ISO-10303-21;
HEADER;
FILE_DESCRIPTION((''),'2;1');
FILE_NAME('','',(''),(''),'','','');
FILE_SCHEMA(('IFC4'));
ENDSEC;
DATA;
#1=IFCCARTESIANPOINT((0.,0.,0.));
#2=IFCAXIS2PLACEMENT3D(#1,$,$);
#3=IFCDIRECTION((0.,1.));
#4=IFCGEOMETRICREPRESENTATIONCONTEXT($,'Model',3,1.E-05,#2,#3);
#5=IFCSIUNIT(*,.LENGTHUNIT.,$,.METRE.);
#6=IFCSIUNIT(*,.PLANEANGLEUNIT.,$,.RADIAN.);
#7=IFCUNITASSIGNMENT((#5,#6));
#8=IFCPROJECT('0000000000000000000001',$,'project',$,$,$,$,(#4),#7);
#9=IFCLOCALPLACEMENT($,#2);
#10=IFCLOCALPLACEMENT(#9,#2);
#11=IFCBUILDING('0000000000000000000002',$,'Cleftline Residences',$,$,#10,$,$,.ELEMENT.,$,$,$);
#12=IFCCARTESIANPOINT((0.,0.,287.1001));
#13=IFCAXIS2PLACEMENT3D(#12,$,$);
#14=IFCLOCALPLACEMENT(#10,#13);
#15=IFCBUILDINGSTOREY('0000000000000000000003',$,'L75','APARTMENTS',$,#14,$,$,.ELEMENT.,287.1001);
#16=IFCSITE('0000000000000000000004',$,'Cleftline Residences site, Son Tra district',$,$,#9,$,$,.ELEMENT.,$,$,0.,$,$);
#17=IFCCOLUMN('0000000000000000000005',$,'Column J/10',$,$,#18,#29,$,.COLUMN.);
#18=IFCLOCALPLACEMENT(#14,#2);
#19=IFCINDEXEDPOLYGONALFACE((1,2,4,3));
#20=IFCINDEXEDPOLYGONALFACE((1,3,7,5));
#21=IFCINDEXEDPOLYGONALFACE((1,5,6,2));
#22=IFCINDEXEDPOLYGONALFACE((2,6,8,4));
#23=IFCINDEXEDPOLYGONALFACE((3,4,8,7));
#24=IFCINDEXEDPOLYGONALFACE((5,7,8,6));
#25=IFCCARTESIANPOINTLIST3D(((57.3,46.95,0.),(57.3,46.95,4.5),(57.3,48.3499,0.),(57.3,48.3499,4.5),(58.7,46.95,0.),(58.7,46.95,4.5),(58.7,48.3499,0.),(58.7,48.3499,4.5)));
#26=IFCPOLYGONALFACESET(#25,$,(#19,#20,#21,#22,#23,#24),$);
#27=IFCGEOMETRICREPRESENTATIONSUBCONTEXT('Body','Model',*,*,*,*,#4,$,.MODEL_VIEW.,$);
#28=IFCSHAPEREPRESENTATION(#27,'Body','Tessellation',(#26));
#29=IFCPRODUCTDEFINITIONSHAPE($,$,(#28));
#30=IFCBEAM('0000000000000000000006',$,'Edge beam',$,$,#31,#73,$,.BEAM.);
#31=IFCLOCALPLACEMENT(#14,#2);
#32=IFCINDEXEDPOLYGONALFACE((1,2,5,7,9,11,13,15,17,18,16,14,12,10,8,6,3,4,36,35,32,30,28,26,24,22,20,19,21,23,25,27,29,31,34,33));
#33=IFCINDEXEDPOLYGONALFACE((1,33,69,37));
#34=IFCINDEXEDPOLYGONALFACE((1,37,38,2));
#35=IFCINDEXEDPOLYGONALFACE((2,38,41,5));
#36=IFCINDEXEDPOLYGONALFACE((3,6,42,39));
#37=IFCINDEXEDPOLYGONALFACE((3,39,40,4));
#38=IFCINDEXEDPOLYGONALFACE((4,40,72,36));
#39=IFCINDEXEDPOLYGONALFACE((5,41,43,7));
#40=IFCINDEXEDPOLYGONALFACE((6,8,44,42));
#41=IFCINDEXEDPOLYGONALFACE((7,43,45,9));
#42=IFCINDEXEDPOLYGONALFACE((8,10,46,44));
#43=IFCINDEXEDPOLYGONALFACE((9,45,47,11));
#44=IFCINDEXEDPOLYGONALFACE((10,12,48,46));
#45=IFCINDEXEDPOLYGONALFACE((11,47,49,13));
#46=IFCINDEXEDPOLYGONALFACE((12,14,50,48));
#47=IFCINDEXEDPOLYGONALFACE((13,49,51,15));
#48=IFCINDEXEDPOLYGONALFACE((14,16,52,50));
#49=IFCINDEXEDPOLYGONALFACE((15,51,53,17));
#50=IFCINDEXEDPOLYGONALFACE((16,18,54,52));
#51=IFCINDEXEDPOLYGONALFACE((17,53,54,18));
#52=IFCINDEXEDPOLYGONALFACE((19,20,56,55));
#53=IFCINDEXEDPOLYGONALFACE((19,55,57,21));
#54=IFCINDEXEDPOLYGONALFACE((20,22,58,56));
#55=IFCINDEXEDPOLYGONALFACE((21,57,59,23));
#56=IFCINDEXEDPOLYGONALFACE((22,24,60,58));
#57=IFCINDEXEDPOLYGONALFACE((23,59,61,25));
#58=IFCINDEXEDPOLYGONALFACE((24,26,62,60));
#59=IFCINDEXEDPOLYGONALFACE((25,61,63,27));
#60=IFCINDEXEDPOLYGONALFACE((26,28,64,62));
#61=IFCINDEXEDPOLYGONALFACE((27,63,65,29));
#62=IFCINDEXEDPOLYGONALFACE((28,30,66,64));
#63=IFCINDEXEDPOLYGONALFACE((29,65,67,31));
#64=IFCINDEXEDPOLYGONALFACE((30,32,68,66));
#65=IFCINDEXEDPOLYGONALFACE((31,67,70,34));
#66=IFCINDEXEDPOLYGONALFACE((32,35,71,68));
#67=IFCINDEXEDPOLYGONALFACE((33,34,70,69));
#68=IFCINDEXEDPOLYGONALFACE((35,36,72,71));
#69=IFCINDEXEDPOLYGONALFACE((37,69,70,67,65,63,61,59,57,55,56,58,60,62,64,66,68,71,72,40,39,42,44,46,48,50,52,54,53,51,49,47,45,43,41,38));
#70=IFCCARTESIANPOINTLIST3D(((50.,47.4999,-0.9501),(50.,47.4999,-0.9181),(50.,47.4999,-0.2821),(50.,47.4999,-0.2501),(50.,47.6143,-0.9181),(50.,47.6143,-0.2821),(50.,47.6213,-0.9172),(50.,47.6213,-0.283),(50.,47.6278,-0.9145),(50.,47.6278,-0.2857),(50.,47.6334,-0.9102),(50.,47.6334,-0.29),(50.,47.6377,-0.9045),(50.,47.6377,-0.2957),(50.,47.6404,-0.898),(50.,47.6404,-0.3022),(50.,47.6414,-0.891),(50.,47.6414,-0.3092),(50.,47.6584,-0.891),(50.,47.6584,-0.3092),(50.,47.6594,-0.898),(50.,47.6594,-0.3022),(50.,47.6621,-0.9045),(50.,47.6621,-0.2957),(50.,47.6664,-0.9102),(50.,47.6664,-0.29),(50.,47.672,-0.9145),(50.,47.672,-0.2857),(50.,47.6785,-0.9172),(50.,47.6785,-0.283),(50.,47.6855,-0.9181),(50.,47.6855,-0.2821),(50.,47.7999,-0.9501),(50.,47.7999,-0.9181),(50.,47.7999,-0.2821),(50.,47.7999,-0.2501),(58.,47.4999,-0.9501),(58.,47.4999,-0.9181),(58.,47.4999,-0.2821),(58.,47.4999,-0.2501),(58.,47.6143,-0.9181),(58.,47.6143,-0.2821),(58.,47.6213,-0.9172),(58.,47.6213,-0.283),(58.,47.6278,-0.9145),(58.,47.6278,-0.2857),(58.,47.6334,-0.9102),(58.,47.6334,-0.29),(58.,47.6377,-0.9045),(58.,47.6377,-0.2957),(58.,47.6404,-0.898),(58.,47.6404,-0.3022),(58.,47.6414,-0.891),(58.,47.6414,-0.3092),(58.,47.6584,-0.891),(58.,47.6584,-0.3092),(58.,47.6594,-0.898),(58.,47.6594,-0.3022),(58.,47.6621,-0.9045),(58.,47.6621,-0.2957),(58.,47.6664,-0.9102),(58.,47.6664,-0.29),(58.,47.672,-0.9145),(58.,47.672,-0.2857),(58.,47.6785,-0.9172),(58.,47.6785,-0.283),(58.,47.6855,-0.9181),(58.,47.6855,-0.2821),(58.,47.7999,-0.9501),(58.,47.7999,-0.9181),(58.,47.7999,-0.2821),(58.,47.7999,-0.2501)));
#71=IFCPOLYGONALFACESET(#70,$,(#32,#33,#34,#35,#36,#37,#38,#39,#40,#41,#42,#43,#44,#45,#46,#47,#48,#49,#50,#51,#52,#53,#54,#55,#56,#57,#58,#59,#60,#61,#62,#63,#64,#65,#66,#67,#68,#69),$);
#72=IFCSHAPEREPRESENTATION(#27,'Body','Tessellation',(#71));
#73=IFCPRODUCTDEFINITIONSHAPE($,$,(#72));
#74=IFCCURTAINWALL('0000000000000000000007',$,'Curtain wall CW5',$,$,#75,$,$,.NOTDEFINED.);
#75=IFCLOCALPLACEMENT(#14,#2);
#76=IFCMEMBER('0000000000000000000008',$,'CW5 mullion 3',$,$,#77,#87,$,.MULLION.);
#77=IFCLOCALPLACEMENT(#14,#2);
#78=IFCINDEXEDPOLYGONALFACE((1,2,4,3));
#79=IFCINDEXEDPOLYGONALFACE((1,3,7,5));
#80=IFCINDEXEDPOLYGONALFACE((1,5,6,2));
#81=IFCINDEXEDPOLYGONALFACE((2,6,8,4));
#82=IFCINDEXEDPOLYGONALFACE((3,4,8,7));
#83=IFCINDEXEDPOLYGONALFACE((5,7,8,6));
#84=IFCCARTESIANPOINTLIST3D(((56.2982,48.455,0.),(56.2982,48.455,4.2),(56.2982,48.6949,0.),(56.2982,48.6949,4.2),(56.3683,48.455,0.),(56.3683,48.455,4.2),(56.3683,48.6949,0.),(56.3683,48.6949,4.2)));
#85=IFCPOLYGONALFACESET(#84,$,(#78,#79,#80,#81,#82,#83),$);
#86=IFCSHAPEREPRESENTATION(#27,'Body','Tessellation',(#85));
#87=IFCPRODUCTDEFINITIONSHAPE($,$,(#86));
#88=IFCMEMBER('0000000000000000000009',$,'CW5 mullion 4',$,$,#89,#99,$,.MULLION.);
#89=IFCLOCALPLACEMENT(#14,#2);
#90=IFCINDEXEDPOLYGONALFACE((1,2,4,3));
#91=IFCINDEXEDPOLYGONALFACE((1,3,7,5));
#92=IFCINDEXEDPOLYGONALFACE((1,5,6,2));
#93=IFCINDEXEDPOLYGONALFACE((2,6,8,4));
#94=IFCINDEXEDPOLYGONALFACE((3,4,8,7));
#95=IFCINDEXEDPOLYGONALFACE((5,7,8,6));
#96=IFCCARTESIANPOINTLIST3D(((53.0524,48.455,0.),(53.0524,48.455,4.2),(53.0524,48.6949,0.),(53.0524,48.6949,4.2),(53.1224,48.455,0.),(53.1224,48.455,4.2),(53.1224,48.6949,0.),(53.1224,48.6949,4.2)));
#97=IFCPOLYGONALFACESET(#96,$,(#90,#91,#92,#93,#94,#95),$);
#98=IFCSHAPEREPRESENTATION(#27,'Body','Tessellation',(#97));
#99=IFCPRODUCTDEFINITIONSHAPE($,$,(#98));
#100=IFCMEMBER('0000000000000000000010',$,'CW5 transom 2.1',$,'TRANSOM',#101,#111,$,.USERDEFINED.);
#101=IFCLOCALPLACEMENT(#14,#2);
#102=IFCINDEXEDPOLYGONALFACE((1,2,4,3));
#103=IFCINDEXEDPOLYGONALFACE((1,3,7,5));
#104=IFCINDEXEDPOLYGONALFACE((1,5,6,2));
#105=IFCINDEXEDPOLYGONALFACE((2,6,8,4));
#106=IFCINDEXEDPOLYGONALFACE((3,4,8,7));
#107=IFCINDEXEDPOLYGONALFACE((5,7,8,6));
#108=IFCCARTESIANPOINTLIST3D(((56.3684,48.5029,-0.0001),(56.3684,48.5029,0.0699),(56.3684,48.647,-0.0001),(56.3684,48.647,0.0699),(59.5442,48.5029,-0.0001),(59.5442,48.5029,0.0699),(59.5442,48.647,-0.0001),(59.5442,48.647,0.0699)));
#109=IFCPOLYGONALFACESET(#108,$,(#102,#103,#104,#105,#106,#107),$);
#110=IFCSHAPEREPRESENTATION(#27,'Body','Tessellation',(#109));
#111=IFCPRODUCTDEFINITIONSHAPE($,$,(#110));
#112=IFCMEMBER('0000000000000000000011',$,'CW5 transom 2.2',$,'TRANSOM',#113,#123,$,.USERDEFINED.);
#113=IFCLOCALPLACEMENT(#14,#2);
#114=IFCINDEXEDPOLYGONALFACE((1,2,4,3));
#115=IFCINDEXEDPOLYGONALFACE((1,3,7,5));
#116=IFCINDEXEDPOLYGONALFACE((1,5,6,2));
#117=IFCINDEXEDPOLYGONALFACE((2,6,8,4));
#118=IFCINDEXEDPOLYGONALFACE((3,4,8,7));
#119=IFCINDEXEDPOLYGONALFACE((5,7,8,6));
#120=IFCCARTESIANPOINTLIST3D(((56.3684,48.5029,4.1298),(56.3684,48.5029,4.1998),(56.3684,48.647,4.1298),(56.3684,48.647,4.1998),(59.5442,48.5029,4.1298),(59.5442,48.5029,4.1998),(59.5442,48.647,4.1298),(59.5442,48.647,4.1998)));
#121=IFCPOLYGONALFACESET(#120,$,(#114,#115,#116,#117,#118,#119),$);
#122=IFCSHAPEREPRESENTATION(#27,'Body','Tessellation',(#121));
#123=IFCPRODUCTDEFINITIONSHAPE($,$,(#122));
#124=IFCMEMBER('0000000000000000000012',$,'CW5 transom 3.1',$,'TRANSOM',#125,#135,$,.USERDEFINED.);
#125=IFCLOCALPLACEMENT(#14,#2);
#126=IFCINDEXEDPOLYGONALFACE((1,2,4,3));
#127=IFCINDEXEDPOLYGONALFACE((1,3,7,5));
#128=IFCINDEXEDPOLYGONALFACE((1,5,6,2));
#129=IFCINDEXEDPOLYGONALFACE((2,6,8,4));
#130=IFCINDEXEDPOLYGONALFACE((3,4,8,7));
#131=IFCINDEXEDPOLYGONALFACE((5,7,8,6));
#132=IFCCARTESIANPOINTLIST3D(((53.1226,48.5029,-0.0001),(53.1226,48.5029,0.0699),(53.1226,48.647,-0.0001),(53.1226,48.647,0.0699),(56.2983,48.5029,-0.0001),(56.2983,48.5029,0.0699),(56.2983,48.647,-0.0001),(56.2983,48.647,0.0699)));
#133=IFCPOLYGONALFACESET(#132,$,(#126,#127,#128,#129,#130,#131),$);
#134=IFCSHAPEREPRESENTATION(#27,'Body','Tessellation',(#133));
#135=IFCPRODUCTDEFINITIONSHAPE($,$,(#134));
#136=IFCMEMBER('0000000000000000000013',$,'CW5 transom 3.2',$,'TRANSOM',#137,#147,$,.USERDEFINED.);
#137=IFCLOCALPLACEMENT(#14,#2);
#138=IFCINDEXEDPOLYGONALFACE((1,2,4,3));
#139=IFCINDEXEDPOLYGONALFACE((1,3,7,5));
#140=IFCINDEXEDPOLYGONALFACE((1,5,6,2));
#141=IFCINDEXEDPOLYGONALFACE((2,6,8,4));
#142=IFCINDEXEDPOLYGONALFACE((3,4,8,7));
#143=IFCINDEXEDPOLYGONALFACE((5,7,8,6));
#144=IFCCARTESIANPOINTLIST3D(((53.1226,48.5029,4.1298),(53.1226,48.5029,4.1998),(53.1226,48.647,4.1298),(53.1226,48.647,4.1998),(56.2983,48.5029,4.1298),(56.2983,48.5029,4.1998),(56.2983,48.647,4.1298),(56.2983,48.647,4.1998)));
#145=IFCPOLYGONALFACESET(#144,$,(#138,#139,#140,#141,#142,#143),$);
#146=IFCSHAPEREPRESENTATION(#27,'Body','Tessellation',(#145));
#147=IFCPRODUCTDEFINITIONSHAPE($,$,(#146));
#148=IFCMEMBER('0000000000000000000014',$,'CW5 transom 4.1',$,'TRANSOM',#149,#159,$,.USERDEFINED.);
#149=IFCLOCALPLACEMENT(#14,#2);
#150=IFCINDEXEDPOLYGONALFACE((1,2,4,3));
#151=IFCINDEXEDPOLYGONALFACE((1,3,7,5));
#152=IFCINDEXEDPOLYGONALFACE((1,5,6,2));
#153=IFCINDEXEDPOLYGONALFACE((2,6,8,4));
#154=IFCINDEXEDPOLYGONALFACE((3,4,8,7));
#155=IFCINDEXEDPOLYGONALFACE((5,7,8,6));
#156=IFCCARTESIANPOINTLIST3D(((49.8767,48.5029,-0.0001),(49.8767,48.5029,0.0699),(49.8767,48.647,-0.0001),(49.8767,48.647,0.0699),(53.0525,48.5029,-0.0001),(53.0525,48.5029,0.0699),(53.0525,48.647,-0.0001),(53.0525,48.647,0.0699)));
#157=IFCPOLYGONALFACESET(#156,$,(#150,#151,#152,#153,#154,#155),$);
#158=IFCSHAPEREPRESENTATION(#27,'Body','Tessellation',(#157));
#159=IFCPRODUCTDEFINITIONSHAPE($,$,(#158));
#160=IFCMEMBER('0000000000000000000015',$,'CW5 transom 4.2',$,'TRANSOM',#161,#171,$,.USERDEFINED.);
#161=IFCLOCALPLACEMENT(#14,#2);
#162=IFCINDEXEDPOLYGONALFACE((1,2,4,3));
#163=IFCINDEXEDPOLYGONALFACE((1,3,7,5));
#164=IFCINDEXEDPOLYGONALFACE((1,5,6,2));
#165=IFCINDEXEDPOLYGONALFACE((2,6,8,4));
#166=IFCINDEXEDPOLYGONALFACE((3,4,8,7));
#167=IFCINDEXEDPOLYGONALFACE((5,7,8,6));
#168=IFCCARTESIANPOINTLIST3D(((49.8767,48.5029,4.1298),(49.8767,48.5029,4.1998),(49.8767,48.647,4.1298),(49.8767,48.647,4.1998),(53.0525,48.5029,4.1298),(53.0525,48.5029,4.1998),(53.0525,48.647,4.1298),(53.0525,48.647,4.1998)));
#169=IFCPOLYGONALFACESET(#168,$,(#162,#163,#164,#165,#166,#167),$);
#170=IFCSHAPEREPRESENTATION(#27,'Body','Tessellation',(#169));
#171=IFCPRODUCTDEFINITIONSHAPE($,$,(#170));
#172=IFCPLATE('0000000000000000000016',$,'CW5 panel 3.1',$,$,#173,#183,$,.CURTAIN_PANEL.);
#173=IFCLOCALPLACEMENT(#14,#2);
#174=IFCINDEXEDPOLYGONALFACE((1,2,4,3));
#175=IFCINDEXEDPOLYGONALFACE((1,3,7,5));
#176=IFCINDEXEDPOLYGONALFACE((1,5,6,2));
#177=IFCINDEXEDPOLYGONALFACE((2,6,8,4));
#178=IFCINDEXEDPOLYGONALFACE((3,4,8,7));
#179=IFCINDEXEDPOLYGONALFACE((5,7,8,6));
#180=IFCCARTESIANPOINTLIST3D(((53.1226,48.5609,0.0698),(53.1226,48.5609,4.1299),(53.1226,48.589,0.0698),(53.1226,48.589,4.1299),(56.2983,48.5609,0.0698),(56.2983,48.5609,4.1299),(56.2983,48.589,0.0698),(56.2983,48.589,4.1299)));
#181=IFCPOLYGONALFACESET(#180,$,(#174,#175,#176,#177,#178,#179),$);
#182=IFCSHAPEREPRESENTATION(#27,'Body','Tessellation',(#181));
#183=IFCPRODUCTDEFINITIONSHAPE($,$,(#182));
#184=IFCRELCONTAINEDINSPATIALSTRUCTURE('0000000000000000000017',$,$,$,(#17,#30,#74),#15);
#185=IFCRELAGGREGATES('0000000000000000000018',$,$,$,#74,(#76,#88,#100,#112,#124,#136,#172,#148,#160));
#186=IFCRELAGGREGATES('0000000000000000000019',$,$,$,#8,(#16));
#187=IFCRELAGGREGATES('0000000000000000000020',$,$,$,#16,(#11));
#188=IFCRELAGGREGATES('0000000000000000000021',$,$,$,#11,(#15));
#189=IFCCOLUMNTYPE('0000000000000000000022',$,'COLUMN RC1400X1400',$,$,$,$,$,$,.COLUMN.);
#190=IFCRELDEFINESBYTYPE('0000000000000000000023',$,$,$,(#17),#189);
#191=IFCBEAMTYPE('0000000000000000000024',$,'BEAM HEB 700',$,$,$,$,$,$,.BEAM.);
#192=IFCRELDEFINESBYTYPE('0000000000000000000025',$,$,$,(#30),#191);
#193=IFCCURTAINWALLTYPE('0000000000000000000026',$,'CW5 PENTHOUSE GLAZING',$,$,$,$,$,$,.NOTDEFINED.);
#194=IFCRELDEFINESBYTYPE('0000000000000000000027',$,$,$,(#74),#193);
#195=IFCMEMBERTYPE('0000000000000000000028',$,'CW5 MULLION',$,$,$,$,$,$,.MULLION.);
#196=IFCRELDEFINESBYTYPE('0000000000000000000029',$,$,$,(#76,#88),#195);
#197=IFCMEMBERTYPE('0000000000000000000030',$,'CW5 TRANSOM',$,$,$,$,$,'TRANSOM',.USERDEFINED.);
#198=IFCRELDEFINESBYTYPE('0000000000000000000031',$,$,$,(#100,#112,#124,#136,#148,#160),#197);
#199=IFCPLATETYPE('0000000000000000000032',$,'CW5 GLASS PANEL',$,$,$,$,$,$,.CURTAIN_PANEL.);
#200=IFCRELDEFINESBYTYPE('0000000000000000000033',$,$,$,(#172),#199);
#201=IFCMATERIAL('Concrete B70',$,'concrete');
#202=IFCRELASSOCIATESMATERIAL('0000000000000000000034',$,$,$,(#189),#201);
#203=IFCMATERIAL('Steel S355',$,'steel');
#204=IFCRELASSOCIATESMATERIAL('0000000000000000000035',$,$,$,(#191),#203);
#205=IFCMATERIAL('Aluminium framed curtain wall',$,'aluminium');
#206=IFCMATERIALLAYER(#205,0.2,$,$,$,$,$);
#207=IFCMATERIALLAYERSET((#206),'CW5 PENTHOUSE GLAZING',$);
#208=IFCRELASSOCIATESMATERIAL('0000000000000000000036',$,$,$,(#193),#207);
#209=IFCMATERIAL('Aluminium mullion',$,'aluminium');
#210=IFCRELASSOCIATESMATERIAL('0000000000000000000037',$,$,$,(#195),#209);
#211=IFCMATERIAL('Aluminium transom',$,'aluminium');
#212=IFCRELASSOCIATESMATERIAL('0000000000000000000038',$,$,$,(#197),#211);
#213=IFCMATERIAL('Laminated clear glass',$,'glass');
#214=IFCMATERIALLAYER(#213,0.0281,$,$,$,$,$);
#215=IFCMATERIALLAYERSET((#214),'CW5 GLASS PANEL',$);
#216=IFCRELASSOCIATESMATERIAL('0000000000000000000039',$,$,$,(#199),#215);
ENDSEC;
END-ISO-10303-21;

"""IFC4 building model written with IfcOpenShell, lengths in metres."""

from ifc_helpers import new_model, si_unit, direction, frame, origin, origin_2d, place, context, subcontext, project, spatial, rectangle, i_section, extrude, material, layer, layer_set, material_profile, profile_set, type_object, element, aggregate, save


model = new_model("IFC4")

# Units and contexts
model_context = context("Model", 3, precision=1e-05, world=origin(), true_north=direction((0.0, 1.0)))
body_context = subcontext(model_context, "Body", "Model", "MODEL_VIEW")
ifc_project = project(units=[si_unit("LENGTHUNIT", "METRE"), si_unit("PLANEANGLEUNIT", "RADIAN")], contexts=[model_context])

# Site, building, storey
site_placement = place(None, origin())
site = spatial("IfcSite", under=ifc_project, at=site_placement, Name="Cleftline Residences site, Son Tra district", CompositionType="ELEMENT", RefElevation=0.0)
building_placement = place(site_placement, origin())
building = spatial("IfcBuilding", under=site, at=building_placement, Name="Cleftline Residences", CompositionType="ELEMENT")
storey_placement = place(building_placement, frame((0.0, 0.0, 287.1001)))
storey = spatial("IfcBuildingStorey", under=building, at=storey_placement, Name="L75", Description="APARTMENTS", CompositionType="ELEMENT", Elevation=287.1001)

# Column
ifc_material_1 = material(Name="Concrete B70", Category="concrete")
ifc_material_profile_1 = material_profile(ifc_material_1, rectangle(XDim=1.3999, YDim=1.3999, at=origin_2d()))
ifc_profile_set_1 = profile_set([ifc_material_profile_1], Name="Concrete B70")
column_type = type_object("IfcColumnType", Name="COLUMN RC1400X1400", PredefinedType="COLUMN", material=ifc_profile_set_1)
column_placement = place(storey_placement, frame((58.0, 47.6499, 0.0), z_axis=(0.0, 0.0, 1.0), x_axis=(1.0, 0.0, 0.0)))
element("IfcColumn", 1, at=column_placement, inside=storey, type_object=column_type, Name="Column J/10", PredefinedType="COLUMN", context=body_context, shape_type="SweptSolid", body=[
    extrude(rectangle(XDim=1.3999, YDim=1.3999, at=origin_2d()), origin(), (0.0, 0.0, 1.0), 4.5),
])

# Beam
ifc_material_2 = material(Name="Steel S355", Category="steel")
ifc_material_profile_2 = material_profile(ifc_material_2, i_section(OverallWidth=0.3, OverallDepth=0.7, WebThickness=0.0171, FlangeThickness=0.032, FilletRadius=0.0271, at=origin_2d()))
ifc_profile_set_2 = profile_set([ifc_material_profile_2], Name="Steel S355")
beam_type = type_object("IfcBeamType", Name="BEAM HEB 700", PredefinedType="BEAM", material=ifc_profile_set_2)
beam_placement = place(storey_placement, frame((58.0, 47.6499, -0.6001), z_axis=(-1.0, 0.0, 0.0), x_axis=(0.0, -1.0, 0.0)))
element("IfcBeam", 2, at=beam_placement, inside=storey, type_object=beam_type, Name="Edge beam", PredefinedType="BEAM", context=body_context, shape_type="SweptSolid", body=[
    extrude(i_section(OverallWidth=0.3, OverallDepth=0.7, WebThickness=0.0171, FlangeThickness=0.032, FilletRadius=0.0271, at=origin_2d()), origin(), (0.0, 0.0, 1.0), 8.0),
])

# Curtain wall, members, plate
ifc_material_3 = material(Name="Aluminium framed curtain wall", Category="aluminium")
ifc_layer_1 = layer(ifc_material_3, 0.2)
ifc_layer_set_1 = layer_set([ifc_layer_1], Name="CW5 PENTHOUSE GLAZING")
curtain_wall_type = type_object("IfcCurtainWallType", Name="CW5 PENTHOUSE GLAZING", PredefinedType="NOTDEFINED", material=ifc_layer_set_1)
curtain_wall_placement = place(storey_placement, origin())
curtain_wall = element("IfcCurtainWall", 3, at=curtain_wall_placement, inside=storey, type_object=curtain_wall_type, Name="Curtain wall CW5", PredefinedType="NOTDEFINED")
ifc_material_4 = material(Name="Aluminium mullion", Category="aluminium")
ifc_material_profile_3 = material_profile(ifc_material_4, rectangle(XDim=0.24, YDim=0.0701, at=origin_2d()))
ifc_profile_set_3 = profile_set([ifc_material_profile_3], Name="Aluminium mullion")
member_type_1 = type_object("IfcMemberType", Name="CW5 MULLION", PredefinedType="MULLION", material=ifc_profile_set_3)
member_1_placement = place(storey_placement, frame((56.3333, 48.575, 0.0), z_axis=(0.0, 0.0, 1.0), x_axis=(0.0, -1.0, 0.0)))
member_1 = element("IfcMember", 4, at=member_1_placement, type_object=member_type_1, Name="CW5 mullion 3", PredefinedType="MULLION", context=body_context, shape_type="SweptSolid", body=[
    extrude(rectangle(XDim=0.24, YDim=0.0701, at=origin_2d()), origin(), (0.0, 0.0, 1.0), 4.2),
])
member_2_placement = place(storey_placement, frame((53.0874, 48.575, 0.0), z_axis=(0.0, 0.0, 1.0), x_axis=(0.0, -1.0, 0.0)))
member_2 = element("IfcMember", 5, at=member_2_placement, type_object=member_type_1, Name="CW5 mullion 4", PredefinedType="MULLION", context=body_context, shape_type="SweptSolid", body=[
    extrude(rectangle(XDim=0.24, YDim=0.0701, at=origin_2d()), origin(), (0.0, 0.0, 1.0), 4.2),
])
ifc_material_5 = material(Name="Aluminium transom", Category="aluminium")
ifc_material_profile_4 = material_profile(ifc_material_5, rectangle(XDim=0.144, YDim=0.0701, at=origin_2d()))
ifc_profile_set_4 = profile_set([ifc_material_profile_4], Name="Aluminium transom")
member_type_2 = type_object("IfcMemberType", Name="CW5 TRANSOM", ElementType="TRANSOM", PredefinedType="USERDEFINED", material=ifc_profile_set_4)
member_3_placement = place(storey_placement, frame((59.5442, 48.575, 0.0349), z_axis=(-1.0, 0.0, 0.0), x_axis=(0.0, -1.0, 0.0)))
member_3 = element("IfcMember", 6, at=member_3_placement, type_object=member_type_2, Name="CW5 transom 2.1", ObjectType="TRANSOM", PredefinedType="USERDEFINED", context=body_context, shape_type="SweptSolid", body=[
    extrude(rectangle(XDim=0.144, YDim=0.0701, at=origin_2d()), origin(), (0.0, 0.0, 1.0), 3.1758),
])
member_4_placement = place(storey_placement, frame((59.5442, 48.575, 4.1648), z_axis=(-1.0, 0.0, 0.0), x_axis=(0.0, -1.0, 0.0)))
member_4 = element("IfcMember", 7, at=member_4_placement, type_object=member_type_2, Name="CW5 transom 2.2", ObjectType="TRANSOM", PredefinedType="USERDEFINED", context=body_context, shape_type="SweptSolid", body=[
    extrude(rectangle(XDim=0.144, YDim=0.0701, at=origin_2d()), origin(), (0.0, 0.0, 1.0), 3.1758),
])
member_5_placement = place(storey_placement, frame((56.2983, 48.575, 0.0349), z_axis=(-1.0, 0.0, 0.0), x_axis=(0.0, -1.0, 0.0)))
member_5 = element("IfcMember", 8, at=member_5_placement, type_object=member_type_2, Name="CW5 transom 3.1", ObjectType="TRANSOM", PredefinedType="USERDEFINED", context=body_context, shape_type="SweptSolid", body=[
    extrude(rectangle(XDim=0.144, YDim=0.0701, at=origin_2d()), origin(), (0.0, 0.0, 1.0), 3.1758),
])
member_6_placement = place(storey_placement, frame((56.2983, 48.575, 4.1648), z_axis=(-1.0, 0.0, 0.0), x_axis=(0.0, -1.0, 0.0)))
member_6 = element("IfcMember", 9, at=member_6_placement, type_object=member_type_2, Name="CW5 transom 3.2", ObjectType="TRANSOM", PredefinedType="USERDEFINED", context=body_context, shape_type="SweptSolid", body=[
    extrude(rectangle(XDim=0.144, YDim=0.0701, at=origin_2d()), origin(), (0.0, 0.0, 1.0), 3.1758),
])
member_7_placement = place(storey_placement, frame((53.0525, 48.575, 0.0349), z_axis=(-1.0, 0.0, 0.0), x_axis=(0.0, -1.0, 0.0)))
member_7 = element("IfcMember", 10, at=member_7_placement, type_object=member_type_2, Name="CW5 transom 4.1", ObjectType="TRANSOM", PredefinedType="USERDEFINED", context=body_context, shape_type="SweptSolid", body=[
    extrude(rectangle(XDim=0.144, YDim=0.0701, at=origin_2d()), origin(), (0.0, 0.0, 1.0), 3.1758),
])
member_8_placement = place(storey_placement, frame((53.0525, 48.575, 4.1648), z_axis=(-1.0, 0.0, 0.0), x_axis=(0.0, -1.0, 0.0)))
member_8 = element("IfcMember", 11, at=member_8_placement, type_object=member_type_2, Name="CW5 transom 4.2", ObjectType="TRANSOM", PredefinedType="USERDEFINED", context=body_context, shape_type="SweptSolid", body=[
    extrude(rectangle(XDim=0.144, YDim=0.0701, at=origin_2d()), origin(), (0.0, 0.0, 1.0), 3.1758),
])
ifc_material_6 = material(Name="Laminated clear glass", Category="glass")
ifc_layer_2 = layer(ifc_material_6, 0.0281)
ifc_layer_set_2 = layer_set([ifc_layer_2], Name="CW5 GLASS PANEL")
plate_type_1 = type_object("IfcPlateType", Name="CW5 GLASS PANEL", PredefinedType="CURTAIN_PANEL", material=ifc_layer_set_2)
plate_1_placement = place(storey_placement, frame((54.7104, 48.575, 0.0698), z_axis=(0.0, 0.0, 1.0), x_axis=(-1.0, 0.0, 0.0)))
plate_1 = element("IfcPlate", 12, at=plate_1_placement, type_object=plate_type_1, Name="CW5 panel 3.1", PredefinedType="CURTAIN_PANEL", context=body_context, shape_type="SweptSolid", body=[
    extrude(rectangle(XDim=3.1758, YDim=0.0281, at=origin_2d()), origin(), (0.0, 0.0, 1.0), 4.0601),
])
aggregate(curtain_wall, [member_1, member_2, member_3, member_4, member_5, member_6, plate_1, member_7, member_8])

save(model, "model.ifc")
